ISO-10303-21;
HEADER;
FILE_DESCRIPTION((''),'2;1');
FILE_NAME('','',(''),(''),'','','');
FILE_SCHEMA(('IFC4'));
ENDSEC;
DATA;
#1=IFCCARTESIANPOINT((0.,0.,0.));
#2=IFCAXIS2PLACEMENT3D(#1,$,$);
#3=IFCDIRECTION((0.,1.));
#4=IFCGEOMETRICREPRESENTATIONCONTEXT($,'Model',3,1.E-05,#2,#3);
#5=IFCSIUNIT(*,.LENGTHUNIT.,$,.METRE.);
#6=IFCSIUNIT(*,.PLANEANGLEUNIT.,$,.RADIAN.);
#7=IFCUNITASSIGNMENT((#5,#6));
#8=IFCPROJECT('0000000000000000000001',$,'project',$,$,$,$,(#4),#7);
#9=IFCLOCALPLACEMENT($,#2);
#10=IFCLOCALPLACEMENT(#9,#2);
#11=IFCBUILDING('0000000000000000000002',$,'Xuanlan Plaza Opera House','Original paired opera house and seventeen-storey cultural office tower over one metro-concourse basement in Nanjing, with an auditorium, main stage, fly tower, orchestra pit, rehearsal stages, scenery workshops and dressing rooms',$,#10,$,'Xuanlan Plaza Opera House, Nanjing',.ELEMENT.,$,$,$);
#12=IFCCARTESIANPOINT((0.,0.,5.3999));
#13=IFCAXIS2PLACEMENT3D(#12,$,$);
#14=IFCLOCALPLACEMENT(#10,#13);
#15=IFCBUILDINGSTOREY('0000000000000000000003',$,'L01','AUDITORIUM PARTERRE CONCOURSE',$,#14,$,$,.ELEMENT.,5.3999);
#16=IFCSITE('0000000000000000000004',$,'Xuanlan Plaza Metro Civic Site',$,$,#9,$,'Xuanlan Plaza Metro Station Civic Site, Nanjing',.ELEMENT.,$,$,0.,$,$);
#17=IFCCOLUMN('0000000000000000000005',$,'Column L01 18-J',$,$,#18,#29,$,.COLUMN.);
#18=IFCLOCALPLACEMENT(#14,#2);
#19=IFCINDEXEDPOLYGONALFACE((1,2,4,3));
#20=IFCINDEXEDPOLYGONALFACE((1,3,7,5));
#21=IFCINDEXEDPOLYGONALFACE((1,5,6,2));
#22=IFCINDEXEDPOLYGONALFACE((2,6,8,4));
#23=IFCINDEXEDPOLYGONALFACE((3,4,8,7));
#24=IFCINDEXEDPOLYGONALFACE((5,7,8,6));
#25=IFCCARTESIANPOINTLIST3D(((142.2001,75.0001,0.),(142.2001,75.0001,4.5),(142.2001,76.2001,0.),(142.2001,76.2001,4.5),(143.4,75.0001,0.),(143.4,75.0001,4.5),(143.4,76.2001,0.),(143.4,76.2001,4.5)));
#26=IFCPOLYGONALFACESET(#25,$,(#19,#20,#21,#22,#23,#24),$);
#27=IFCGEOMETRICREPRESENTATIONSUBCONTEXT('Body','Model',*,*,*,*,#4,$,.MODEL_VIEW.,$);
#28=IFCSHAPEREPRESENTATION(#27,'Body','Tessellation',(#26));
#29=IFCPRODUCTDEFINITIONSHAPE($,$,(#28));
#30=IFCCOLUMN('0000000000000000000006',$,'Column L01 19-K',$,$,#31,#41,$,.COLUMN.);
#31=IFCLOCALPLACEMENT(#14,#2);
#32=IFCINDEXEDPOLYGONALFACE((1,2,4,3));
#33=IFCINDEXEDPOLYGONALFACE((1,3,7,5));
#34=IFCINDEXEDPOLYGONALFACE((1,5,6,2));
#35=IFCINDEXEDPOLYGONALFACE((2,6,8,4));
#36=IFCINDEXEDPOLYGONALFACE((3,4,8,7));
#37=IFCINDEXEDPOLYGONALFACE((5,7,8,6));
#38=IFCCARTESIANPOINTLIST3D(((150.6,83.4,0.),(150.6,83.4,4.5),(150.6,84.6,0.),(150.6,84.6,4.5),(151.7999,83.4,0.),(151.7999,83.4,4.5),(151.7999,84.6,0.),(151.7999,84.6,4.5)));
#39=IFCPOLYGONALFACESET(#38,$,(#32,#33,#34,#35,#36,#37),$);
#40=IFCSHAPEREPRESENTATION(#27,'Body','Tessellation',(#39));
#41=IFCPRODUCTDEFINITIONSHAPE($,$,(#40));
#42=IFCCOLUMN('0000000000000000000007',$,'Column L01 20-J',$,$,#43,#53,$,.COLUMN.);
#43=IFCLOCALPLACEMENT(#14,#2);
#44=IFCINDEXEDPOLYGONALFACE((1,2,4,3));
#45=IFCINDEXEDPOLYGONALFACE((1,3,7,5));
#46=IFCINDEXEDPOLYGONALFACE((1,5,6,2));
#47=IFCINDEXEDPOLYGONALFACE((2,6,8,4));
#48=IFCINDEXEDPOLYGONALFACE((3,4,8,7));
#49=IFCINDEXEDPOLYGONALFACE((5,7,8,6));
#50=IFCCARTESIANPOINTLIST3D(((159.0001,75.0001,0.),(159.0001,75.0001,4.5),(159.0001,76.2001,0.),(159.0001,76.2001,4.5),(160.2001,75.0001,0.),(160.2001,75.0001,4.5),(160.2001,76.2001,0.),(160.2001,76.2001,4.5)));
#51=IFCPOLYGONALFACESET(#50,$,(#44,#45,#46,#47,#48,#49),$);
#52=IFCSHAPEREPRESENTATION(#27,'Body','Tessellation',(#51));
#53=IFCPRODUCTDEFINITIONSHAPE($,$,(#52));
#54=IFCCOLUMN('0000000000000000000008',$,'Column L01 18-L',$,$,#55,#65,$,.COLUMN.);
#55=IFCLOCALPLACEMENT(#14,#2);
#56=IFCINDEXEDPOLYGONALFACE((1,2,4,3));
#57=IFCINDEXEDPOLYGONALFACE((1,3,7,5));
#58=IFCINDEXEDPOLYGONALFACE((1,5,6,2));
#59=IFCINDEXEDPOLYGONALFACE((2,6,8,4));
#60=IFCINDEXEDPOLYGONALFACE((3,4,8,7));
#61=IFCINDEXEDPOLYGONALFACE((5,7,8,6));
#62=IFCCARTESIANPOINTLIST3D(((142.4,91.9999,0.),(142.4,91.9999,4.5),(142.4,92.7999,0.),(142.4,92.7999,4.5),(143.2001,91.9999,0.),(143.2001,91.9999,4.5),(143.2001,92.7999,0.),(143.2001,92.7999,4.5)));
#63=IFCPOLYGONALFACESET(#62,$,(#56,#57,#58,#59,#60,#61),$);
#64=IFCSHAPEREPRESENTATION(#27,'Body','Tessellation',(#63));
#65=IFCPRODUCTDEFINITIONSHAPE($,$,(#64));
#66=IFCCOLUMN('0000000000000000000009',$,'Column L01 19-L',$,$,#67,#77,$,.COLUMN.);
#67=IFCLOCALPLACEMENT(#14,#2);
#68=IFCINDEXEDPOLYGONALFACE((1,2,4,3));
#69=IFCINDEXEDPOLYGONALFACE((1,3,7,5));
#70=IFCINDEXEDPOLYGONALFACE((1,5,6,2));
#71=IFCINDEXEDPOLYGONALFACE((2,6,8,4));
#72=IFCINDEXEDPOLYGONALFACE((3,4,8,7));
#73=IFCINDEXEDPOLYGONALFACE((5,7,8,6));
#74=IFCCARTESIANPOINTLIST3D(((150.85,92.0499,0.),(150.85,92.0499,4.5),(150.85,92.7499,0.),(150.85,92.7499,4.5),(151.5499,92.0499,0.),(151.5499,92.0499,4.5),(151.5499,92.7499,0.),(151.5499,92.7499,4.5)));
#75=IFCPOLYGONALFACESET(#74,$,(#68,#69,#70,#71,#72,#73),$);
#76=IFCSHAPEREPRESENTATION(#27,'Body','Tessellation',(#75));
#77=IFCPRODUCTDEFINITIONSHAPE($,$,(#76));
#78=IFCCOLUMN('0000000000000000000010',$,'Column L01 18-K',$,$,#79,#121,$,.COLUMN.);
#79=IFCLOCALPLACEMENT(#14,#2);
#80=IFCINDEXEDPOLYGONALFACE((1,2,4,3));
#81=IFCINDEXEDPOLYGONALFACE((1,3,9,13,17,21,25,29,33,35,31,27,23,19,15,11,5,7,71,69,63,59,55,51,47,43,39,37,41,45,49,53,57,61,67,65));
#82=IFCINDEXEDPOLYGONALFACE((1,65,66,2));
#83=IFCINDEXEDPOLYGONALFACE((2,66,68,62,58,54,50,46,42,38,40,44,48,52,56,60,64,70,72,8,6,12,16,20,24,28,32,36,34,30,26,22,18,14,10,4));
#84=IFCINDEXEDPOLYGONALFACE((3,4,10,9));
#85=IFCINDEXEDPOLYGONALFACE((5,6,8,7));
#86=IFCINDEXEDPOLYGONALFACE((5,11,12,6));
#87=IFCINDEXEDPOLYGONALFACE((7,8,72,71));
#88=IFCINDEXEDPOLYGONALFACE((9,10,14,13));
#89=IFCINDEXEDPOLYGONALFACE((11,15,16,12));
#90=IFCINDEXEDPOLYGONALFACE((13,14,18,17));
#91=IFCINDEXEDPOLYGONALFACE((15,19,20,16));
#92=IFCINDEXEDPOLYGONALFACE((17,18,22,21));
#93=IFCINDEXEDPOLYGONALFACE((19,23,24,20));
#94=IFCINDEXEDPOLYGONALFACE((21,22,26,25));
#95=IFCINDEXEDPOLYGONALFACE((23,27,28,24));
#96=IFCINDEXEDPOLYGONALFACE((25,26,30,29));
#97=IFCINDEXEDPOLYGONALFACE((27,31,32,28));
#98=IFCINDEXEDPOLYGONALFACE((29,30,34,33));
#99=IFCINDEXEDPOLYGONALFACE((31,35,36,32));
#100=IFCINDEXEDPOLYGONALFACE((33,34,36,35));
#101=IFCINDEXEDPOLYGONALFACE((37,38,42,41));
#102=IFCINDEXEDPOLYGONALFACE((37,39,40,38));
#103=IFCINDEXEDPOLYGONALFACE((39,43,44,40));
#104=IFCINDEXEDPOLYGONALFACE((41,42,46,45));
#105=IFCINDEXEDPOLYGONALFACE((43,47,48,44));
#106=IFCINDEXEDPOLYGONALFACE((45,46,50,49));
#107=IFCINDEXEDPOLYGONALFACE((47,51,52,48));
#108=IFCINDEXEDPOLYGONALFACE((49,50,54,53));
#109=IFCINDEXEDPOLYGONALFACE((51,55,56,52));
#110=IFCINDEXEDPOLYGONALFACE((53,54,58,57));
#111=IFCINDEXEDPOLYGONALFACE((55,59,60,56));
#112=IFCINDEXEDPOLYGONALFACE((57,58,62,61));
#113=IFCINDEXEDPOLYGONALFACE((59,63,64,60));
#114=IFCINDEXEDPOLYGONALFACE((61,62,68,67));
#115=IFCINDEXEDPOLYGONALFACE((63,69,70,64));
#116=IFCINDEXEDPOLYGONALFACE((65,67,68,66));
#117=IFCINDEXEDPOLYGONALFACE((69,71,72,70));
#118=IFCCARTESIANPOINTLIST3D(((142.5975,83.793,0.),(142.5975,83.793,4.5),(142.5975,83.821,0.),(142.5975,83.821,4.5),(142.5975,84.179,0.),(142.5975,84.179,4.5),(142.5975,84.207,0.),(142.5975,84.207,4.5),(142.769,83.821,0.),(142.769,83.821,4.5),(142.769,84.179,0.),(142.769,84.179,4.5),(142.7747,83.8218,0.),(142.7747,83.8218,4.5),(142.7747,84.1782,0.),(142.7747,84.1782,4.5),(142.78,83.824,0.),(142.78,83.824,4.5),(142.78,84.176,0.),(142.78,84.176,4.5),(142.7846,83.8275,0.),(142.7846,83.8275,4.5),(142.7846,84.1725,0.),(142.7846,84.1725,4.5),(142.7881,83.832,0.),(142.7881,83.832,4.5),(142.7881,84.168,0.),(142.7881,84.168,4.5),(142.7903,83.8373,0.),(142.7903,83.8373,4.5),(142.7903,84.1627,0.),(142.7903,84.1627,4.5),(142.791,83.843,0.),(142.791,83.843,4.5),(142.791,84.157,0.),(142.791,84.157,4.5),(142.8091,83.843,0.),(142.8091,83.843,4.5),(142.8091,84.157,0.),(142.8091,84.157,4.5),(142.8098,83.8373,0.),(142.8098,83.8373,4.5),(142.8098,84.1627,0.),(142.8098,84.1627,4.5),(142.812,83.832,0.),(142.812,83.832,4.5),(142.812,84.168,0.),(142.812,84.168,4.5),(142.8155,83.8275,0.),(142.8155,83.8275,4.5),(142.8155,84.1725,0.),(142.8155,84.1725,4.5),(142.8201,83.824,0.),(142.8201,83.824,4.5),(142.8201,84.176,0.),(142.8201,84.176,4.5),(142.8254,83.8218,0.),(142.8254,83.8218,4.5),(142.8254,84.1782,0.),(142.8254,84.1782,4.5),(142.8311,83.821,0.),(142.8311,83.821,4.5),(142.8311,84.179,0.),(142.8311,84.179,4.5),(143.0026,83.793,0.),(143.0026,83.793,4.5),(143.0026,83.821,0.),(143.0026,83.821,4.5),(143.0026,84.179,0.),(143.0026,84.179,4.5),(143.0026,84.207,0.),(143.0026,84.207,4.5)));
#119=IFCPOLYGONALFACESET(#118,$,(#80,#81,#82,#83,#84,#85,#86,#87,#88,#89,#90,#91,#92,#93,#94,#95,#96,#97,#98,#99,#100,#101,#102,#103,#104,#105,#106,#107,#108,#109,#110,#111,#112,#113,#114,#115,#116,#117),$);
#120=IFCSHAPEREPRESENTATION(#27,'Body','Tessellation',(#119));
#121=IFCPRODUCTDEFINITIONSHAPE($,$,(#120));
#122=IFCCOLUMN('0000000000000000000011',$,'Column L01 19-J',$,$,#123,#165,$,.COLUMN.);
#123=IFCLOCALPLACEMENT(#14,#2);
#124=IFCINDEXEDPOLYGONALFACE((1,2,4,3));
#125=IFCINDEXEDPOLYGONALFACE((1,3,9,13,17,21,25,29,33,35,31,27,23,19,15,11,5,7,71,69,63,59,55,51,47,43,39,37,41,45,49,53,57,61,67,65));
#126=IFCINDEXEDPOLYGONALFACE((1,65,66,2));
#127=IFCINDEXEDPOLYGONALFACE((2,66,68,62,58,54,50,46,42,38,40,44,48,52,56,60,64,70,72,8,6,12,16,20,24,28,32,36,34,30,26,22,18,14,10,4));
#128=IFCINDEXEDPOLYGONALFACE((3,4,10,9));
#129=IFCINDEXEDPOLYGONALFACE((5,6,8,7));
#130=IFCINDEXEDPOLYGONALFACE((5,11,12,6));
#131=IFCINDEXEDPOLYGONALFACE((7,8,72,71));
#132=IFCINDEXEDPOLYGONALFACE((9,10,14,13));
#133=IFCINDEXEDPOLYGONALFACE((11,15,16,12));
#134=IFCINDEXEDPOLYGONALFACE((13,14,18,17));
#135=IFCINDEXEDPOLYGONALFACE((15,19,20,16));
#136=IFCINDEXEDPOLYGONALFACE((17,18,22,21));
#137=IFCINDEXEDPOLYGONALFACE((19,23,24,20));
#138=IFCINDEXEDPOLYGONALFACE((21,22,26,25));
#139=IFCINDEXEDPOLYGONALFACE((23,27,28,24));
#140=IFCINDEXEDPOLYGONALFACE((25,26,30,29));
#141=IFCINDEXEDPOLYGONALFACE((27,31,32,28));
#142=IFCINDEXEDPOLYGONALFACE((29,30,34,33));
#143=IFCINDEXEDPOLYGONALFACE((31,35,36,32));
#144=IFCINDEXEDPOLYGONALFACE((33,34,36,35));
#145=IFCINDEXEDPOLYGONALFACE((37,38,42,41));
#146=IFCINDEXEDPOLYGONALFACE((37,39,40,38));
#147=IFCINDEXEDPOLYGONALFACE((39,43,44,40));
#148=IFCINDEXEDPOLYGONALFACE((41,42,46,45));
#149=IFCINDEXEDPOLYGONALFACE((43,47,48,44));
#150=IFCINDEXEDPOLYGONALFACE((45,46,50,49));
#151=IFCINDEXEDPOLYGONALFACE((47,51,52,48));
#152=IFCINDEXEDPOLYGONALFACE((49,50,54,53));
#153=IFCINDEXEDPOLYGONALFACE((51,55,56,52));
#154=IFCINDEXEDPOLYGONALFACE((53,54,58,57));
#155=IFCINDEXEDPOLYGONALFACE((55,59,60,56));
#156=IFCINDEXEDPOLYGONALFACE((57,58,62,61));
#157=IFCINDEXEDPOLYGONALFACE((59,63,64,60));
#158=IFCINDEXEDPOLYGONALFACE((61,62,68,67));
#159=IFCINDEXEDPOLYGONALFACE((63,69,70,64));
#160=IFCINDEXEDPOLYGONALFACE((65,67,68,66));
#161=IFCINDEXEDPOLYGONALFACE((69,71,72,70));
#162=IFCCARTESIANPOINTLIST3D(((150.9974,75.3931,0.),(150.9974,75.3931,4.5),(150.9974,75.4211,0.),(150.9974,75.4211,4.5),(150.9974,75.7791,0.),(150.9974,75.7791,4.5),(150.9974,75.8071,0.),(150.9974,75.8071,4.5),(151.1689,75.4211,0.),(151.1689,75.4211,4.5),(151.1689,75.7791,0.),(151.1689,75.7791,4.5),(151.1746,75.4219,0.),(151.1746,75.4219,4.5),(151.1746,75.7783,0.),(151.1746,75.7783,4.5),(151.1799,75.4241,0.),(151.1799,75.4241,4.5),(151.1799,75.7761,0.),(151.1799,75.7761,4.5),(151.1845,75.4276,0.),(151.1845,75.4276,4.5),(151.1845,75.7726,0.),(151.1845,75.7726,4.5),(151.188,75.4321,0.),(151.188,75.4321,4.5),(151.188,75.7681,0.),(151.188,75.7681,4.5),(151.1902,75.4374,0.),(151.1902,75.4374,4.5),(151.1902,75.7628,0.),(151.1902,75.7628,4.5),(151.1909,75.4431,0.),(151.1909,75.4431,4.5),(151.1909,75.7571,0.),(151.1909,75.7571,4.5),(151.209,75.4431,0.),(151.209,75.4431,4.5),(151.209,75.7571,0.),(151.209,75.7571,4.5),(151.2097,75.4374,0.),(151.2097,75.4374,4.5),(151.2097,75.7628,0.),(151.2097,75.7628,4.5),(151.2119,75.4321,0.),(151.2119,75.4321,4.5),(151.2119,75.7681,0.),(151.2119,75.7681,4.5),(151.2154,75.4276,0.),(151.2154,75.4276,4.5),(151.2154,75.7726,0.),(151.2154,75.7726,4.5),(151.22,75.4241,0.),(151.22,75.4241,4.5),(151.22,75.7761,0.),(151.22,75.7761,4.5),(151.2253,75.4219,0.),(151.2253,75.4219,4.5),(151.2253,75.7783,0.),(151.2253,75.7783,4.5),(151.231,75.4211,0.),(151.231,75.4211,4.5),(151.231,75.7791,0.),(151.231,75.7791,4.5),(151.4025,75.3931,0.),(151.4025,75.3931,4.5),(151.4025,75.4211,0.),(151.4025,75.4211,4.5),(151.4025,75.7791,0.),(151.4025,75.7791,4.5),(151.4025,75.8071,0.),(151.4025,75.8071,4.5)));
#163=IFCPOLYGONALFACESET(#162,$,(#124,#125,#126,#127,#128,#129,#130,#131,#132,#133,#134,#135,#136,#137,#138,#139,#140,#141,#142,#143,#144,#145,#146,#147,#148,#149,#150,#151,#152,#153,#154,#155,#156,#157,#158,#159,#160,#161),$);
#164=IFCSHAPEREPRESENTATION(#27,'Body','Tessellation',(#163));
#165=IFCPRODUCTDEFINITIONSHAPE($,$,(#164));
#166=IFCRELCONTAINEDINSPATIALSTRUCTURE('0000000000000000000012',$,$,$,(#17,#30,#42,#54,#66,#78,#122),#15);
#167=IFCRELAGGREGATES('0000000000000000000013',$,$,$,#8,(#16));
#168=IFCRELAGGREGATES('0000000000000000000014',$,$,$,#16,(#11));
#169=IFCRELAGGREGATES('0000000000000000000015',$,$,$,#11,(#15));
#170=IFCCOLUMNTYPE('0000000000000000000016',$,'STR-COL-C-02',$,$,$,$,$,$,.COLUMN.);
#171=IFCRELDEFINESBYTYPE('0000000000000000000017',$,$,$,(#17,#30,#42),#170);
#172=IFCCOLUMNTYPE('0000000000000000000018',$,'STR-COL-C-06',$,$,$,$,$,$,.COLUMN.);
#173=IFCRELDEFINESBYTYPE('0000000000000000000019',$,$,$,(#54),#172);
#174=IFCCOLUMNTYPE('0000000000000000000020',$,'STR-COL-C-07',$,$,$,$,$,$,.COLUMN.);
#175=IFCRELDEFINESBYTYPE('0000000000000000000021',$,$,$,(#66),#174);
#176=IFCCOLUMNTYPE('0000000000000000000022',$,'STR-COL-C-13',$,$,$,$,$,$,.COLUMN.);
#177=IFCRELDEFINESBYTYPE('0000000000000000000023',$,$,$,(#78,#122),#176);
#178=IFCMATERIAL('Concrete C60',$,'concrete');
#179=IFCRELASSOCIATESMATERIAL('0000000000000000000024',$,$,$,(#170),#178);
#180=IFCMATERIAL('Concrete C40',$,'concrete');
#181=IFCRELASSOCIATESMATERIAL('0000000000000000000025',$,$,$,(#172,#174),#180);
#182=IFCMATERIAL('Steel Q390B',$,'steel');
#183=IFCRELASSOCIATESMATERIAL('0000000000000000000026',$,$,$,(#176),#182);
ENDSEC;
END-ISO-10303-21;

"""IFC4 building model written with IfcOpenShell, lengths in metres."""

from ifc_helpers import new_model, si_unit, direction, frame, origin, origin_2d, place, context, subcontext, project, spatial, rectangle, i_section, extrude, material, material_profile, profile_set, type_object, element, save


model = new_model("IFC4")

# Units and contexts
model_context = context("Model", 3, precision=1e-05, world=origin(), true_north=direction((0.0, 1.0)))
body_context = subcontext(model_context, "Body", "Model", "MODEL_VIEW")
ifc_project = project(units=[si_unit("LENGTHUNIT", "METRE"), si_unit("PLANEANGLEUNIT", "RADIAN")], contexts=[model_context])

# Site, building, storey
site_placement = place(None, origin())
site = spatial("IfcSite", under=ifc_project, at=site_placement, Name="Xuanlan Plaza Metro Civic Site", LongName="Xuanlan Plaza Metro Station Civic Site, Nanjing", CompositionType="ELEMENT", RefElevation=0.0)
building_placement = place(site_placement, origin())
building = spatial("IfcBuilding", under=site, at=building_placement, Name="Xuanlan Plaza Opera House", Description="Original paired opera house and seventeen-storey cultural office tower over one metro-concourse basement in Nanjing, with an auditorium, main stage, fly tower, orchestra pit, rehearsal stages, scenery workshops and dressing rooms", LongName="Xuanlan Plaza Opera House, Nanjing", CompositionType="ELEMENT")
storey_placement = place(building_placement, frame((0.0, 0.0, 5.3999)))
storey = spatial("IfcBuildingStorey", under=building, at=storey_placement, Name="L01", Description="AUDITORIUM PARTERRE CONCOURSE", CompositionType="ELEMENT", Elevation=5.3999)

# Columns
ifc_material_1 = material(Name="Concrete C60", Category="concrete")
ifc_material_profile_1 = material_profile(ifc_material_1, rectangle(XDim=1.2, YDim=1.2, at=origin_2d()), Name="RC-COL 1200x1200")
ifc_profile_set_1 = profile_set([ifc_material_profile_1], Name="Concrete C60")
column_type_1 = type_object("IfcColumnType", Name="STR-COL-C-02", PredefinedType="COLUMN", material=ifc_profile_set_1)
for number, where, z_axis, x_axis, name in (
    (1, (142.8, 75.6001, 0.0), (0.0, 0.0, 1.0), (1.0, 0.0, 0.0), "Column L01 18-J"),
    (2, (151.2, 84.0, 0.0), (0.0, 0.0, 1.0), (1.0, 0.0, 0.0), "Column L01 19-K"),
    (3, (159.6001, 75.6001, 0.0), (0.0, 0.0, 1.0), (1.0, 0.0, 0.0), "Column L01 20-J"),
):
    element("IfcColumn", number, at=place(storey_placement, frame(where, z_axis=z_axis, x_axis=x_axis)), inside=storey, type_object=column_type_1, Name=name, PredefinedType="COLUMN", context=body_context, shape_type="SweptSolid", body=[
        extrude(rectangle(XDim=1.2, YDim=1.2, at=origin_2d()), origin(), (0.0, 0.0, 1.0), 4.5),
    ])
ifc_material_2 = material(Name="Concrete C40", Category="concrete")
ifc_material_profile_2 = material_profile(ifc_material_2, rectangle(XDim=0.8, YDim=0.8, at=origin_2d()), Name="RC-COL 800x800")
ifc_profile_set_2 = profile_set([ifc_material_profile_2], Name="Concrete C40")
column_type_2 = type_object("IfcColumnType", Name="STR-COL-C-06", PredefinedType="COLUMN", material=ifc_profile_set_2)
column_1_placement = place(storey_placement, frame((142.8, 92.3999, 0.0), z_axis=(0.0, 0.0, 1.0), x_axis=(1.0, 0.0, 0.0)))
element("IfcColumn", 4, at=column_1_placement, inside=storey, type_object=column_type_2, Name="Column L01 18-L", PredefinedType="COLUMN", context=body_context, shape_type="SweptSolid", body=[
    extrude(rectangle(XDim=0.8, YDim=0.8, at=origin_2d()), origin(), (0.0, 0.0, 1.0), 4.5),
])
ifc_material_profile_3 = material_profile(ifc_material_2, rectangle(XDim=0.7, YDim=0.7, at=origin_2d()), Name="RC-COL 700x700")
ifc_profile_set_3 = profile_set([ifc_material_profile_3], Name="Concrete C40")
column_type_3 = type_object("IfcColumnType", Name="STR-COL-C-07", PredefinedType="COLUMN", material=ifc_profile_set_3)
column_2_placement = place(storey_placement, frame((151.2, 92.3999, 0.0), z_axis=(0.0, 0.0, 1.0), x_axis=(1.0, 0.0, 0.0)))
element("IfcColumn", 5, at=column_2_placement, inside=storey, type_object=column_type_3, Name="Column L01 19-L", PredefinedType="COLUMN", context=body_context, shape_type="SweptSolid", body=[
    extrude(rectangle(XDim=0.7, YDim=0.7, at=origin_2d()), origin(), (0.0, 0.0, 1.0), 4.5),
])
ifc_material_3 = material(Name="Steel Q390B", Category="steel")
ifc_material_profile_4 = material_profile(ifc_material_3, i_section(OverallWidth=0.405, OverallDepth=0.4141, WebThickness=0.0181, FlangeThickness=0.0281, FilletRadius=0.022, at=origin_2d()), Name="HW 414x405x18x28")
ifc_profile_set_4 = profile_set([ifc_material_profile_4], Name="Steel Q390B")
column_type_4 = type_object("IfcColumnType", Name="STR-COL-C-13", PredefinedType="COLUMN", material=ifc_profile_set_4)
for number, where, z_axis, x_axis, name in (
    (6, (142.8, 84.0, 0.0), (0.0, 0.0, 1.0), (1.0, 0.0, 0.0), "Column L01 18-K"),
    (7, (151.2, 75.6001, 0.0), (0.0, 0.0, 1.0), (1.0, 0.0, 0.0), "Column L01 19-J"),
):
    element("IfcColumn", number, at=place(storey_placement, frame(where, z_axis=z_axis, x_axis=x_axis)), inside=storey, type_object=column_type_4, Name=name, PredefinedType="COLUMN", context=body_context, shape_type="SweptSolid", body=[
        extrude(i_section(OverallWidth=0.405, OverallDepth=0.4141, WebThickness=0.0181, FlangeThickness=0.0281, FilletRadius=0.022, at=origin_2d()), origin(), (0.0, 0.0, 1.0), 4.5),
    ])

save(model, "model.ifc")
